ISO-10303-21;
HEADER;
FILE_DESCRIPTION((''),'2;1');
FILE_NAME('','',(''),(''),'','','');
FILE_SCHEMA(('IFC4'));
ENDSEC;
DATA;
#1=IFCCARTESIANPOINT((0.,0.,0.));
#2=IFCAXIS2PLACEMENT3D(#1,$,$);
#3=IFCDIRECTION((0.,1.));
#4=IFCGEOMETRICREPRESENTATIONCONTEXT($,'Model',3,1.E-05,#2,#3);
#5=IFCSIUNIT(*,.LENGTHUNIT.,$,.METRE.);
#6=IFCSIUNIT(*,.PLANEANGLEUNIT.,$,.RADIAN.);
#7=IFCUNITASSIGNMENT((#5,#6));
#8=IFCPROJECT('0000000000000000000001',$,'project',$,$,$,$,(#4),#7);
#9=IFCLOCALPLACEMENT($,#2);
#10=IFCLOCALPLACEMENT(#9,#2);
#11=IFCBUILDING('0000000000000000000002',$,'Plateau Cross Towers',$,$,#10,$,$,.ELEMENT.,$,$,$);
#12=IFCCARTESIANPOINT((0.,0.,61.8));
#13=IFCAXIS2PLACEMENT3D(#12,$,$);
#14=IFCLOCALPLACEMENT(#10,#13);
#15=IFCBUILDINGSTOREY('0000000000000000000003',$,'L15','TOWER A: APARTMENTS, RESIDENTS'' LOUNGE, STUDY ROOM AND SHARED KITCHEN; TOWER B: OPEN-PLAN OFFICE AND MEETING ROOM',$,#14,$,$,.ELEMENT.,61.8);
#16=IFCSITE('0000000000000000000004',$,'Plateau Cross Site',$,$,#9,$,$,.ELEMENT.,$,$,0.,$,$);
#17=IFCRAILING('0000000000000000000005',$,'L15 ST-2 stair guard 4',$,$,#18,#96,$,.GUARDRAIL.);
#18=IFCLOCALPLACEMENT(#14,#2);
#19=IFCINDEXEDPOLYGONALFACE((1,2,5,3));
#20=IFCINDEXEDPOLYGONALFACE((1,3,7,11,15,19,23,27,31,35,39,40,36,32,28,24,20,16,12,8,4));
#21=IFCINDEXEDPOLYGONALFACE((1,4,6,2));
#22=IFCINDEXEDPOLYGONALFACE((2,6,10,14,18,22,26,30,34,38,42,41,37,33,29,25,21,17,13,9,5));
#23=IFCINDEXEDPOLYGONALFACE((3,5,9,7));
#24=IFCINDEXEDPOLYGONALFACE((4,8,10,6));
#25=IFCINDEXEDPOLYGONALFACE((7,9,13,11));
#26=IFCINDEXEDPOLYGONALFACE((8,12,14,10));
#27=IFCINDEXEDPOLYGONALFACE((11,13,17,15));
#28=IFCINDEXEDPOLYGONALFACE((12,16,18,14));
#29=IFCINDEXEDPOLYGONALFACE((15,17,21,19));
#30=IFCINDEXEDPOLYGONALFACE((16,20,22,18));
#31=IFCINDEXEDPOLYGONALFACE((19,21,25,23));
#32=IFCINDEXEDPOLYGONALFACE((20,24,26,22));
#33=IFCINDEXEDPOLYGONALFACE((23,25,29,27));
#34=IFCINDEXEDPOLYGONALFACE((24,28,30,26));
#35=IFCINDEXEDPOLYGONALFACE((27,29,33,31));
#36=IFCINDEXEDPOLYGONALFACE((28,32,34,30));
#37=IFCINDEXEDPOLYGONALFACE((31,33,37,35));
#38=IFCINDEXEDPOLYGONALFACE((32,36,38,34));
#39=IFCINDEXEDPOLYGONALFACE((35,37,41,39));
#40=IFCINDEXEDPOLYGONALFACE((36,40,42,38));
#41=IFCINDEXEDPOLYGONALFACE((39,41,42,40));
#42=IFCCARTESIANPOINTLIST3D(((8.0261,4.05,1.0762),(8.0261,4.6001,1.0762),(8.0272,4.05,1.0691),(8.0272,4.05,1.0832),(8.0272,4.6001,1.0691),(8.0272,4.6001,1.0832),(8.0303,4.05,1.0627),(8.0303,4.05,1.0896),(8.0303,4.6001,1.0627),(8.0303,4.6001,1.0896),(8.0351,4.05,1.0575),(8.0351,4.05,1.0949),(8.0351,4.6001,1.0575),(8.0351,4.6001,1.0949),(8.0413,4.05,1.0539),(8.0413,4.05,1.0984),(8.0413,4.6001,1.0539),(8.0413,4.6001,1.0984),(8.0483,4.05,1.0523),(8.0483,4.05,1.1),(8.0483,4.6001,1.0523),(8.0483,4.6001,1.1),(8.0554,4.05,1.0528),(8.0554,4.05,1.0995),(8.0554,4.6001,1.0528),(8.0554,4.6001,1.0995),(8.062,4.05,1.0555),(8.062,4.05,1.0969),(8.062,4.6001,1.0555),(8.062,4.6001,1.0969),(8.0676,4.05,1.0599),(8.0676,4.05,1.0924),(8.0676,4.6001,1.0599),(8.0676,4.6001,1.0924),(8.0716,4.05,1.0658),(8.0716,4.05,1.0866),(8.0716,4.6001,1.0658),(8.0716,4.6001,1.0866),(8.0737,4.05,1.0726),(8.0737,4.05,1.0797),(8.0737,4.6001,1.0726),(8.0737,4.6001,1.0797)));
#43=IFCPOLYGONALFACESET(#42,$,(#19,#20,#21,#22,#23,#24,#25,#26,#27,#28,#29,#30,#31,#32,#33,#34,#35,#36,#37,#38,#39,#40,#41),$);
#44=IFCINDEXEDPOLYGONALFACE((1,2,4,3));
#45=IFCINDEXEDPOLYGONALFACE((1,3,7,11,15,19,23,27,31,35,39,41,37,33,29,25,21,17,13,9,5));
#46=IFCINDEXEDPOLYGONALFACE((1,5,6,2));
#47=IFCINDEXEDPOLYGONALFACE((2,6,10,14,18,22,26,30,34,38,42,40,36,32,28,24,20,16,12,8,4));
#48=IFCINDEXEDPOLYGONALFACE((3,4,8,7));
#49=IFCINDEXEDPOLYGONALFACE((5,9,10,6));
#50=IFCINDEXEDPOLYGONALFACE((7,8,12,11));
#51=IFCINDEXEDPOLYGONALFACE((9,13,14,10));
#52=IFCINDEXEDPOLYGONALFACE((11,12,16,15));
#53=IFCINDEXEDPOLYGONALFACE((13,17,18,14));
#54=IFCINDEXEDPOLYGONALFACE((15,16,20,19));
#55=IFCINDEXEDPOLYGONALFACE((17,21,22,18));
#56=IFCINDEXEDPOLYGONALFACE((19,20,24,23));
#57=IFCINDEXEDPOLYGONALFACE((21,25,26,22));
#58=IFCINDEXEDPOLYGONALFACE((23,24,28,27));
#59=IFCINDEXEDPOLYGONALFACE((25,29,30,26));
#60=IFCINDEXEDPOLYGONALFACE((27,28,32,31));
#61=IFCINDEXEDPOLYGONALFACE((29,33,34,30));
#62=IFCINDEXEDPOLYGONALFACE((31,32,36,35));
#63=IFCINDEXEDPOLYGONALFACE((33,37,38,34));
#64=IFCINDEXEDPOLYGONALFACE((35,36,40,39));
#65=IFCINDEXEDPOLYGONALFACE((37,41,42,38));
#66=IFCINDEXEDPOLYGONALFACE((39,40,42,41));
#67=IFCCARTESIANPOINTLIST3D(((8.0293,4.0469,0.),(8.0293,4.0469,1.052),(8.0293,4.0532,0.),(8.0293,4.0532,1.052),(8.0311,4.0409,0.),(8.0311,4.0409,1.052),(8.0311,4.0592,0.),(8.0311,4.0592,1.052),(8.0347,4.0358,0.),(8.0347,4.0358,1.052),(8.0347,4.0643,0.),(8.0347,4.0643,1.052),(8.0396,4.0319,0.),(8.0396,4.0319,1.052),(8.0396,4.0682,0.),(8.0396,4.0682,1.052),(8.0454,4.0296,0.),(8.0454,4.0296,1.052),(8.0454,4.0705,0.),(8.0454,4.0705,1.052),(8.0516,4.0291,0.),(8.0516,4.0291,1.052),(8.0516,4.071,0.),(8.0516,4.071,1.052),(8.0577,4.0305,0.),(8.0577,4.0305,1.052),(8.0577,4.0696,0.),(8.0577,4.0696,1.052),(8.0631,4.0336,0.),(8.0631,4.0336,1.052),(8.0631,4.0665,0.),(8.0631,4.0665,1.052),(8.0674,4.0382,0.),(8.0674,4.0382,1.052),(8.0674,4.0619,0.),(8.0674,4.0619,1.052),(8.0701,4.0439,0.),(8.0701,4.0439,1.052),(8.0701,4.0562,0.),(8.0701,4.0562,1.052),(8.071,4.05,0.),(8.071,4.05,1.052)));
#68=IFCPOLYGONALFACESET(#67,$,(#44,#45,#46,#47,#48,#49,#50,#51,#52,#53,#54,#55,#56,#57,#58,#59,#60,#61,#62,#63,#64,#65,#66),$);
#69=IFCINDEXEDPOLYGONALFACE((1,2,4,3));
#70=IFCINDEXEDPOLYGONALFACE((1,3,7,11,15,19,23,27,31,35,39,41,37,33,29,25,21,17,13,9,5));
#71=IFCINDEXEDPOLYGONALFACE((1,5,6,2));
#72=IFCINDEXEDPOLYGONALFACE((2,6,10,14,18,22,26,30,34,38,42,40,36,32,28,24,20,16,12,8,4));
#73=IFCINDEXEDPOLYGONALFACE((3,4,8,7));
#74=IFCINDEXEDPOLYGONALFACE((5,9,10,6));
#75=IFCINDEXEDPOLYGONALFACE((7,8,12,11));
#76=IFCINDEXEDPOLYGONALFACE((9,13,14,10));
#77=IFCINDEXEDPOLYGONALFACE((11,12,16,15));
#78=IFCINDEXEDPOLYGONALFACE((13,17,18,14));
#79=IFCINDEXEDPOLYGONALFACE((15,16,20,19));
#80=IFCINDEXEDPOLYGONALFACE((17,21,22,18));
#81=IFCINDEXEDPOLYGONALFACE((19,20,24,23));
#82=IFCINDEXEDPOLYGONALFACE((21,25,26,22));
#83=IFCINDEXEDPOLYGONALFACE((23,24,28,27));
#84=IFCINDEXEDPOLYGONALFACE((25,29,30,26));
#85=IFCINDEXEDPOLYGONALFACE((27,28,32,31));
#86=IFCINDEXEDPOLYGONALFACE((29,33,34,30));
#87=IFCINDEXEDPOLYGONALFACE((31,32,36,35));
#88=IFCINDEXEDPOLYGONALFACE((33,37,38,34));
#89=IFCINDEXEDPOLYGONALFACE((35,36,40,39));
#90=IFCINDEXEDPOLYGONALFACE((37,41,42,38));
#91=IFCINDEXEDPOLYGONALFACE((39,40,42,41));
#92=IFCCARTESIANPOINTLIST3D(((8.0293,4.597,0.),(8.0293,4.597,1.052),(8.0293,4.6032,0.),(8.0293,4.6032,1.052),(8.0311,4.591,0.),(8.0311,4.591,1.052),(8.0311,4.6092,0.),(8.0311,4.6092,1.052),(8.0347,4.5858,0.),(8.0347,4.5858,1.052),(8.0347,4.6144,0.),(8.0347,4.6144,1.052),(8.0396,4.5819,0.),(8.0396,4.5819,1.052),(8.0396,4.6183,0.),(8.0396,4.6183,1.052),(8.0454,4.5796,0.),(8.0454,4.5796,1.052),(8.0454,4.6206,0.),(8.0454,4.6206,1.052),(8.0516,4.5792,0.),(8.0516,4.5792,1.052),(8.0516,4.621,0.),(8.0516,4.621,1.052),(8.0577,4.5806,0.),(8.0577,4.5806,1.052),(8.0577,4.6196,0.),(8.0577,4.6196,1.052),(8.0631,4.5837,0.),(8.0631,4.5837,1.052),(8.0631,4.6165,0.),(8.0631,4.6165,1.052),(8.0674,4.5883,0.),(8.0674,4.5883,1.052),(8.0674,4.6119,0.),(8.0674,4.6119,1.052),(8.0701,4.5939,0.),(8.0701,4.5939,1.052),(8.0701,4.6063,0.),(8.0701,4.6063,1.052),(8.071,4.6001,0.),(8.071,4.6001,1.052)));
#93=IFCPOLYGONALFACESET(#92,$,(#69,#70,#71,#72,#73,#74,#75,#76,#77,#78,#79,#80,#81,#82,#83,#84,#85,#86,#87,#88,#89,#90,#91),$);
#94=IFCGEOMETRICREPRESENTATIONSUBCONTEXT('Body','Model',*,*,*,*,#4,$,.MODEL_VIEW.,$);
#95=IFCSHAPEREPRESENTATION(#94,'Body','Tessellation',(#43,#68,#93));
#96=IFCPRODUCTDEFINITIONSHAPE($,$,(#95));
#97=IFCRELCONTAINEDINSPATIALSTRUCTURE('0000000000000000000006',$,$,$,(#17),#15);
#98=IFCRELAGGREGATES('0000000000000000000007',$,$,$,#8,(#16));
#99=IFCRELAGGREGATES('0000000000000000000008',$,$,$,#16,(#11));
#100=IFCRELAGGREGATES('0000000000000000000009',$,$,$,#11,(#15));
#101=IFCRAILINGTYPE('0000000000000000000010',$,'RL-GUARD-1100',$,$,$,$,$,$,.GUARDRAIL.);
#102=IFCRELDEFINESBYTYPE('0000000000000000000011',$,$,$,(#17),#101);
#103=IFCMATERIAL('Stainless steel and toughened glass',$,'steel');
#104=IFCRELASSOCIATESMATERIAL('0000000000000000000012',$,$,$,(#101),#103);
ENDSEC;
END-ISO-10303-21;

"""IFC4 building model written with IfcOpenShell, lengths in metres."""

from ifc_helpers import new_model, si_unit, direction, frame, origin, origin_2d, place, context, subcontext, project, spatial, circle, extrude, material, type_object, element, save


model = new_model("IFC4")

# Units and contexts
model_context = context("Model", 3, precision=1e-05, world=origin(), true_north=direction((0.0, 1.0)))
body_context = subcontext(model_context, "Body", "Model", "MODEL_VIEW")
ifc_project = project(units=[si_unit("LENGTHUNIT", "METRE"), si_unit("PLANEANGLEUNIT", "RADIAN")], contexts=[model_context])

# Site, building, storey
site_placement = place(None, origin())
site = spatial("IfcSite", under=ifc_project, at=site_placement, Name="Plateau Cross Site", CompositionType="ELEMENT", RefElevation=0.0)
building_placement = place(site_placement, origin())
building = spatial("IfcBuilding", under=site, at=building_placement, Name="Plateau Cross Towers", CompositionType="ELEMENT")
storey_placement = place(building_placement, frame((0.0, 0.0, 61.8)))
storey = spatial("IfcBuildingStorey", under=building, at=storey_placement, Name="L15", Description="TOWER A: APARTMENTS, RESIDENTS' LOUNGE, STUDY ROOM AND SHARED KITCHEN; TOWER B: OPEN-PLAN OFFICE AND MEETING ROOM", CompositionType="ELEMENT", Elevation=61.8)

# Railing
ifc_material_1 = material(Name="Stainless steel and toughened glass", Category="steel")
railing_type_1 = type_object("IfcRailingType", Name="RL-GUARD-1100", PredefinedType="GUARDRAIL", material=ifc_material_1)
railing_1_placement = place(storey_placement, frame((8.05, 4.05, 0.0)))
element("IfcRailing", 1, at=railing_1_placement, inside=storey, type_object=railing_type_1, Name="L15 ST-2 stair guard 4", PredefinedType="GUARDRAIL", context=body_context, shape_type="SweptSolid", body=[
    extrude(circle(Radius=0.0239, at=origin_2d()), frame((0.0, 0.0, 1.0762), z_axis=(0.0, 1.0, 0.0), x_axis=(-1.0, 0.0, 0.0)), (0.0, 0.0, 1.0), 0.55),
    extrude(circle(Radius=0.021, at=origin_2d()), origin(), (0.0, 0.0, 1.0), 1.052),
    extrude(circle(Radius=0.021, at=origin_2d()), frame((0.0, 0.55, 0.0)), (0.0, 0.0, 1.0), 1.052),
])

save(model, "model.ifc")
